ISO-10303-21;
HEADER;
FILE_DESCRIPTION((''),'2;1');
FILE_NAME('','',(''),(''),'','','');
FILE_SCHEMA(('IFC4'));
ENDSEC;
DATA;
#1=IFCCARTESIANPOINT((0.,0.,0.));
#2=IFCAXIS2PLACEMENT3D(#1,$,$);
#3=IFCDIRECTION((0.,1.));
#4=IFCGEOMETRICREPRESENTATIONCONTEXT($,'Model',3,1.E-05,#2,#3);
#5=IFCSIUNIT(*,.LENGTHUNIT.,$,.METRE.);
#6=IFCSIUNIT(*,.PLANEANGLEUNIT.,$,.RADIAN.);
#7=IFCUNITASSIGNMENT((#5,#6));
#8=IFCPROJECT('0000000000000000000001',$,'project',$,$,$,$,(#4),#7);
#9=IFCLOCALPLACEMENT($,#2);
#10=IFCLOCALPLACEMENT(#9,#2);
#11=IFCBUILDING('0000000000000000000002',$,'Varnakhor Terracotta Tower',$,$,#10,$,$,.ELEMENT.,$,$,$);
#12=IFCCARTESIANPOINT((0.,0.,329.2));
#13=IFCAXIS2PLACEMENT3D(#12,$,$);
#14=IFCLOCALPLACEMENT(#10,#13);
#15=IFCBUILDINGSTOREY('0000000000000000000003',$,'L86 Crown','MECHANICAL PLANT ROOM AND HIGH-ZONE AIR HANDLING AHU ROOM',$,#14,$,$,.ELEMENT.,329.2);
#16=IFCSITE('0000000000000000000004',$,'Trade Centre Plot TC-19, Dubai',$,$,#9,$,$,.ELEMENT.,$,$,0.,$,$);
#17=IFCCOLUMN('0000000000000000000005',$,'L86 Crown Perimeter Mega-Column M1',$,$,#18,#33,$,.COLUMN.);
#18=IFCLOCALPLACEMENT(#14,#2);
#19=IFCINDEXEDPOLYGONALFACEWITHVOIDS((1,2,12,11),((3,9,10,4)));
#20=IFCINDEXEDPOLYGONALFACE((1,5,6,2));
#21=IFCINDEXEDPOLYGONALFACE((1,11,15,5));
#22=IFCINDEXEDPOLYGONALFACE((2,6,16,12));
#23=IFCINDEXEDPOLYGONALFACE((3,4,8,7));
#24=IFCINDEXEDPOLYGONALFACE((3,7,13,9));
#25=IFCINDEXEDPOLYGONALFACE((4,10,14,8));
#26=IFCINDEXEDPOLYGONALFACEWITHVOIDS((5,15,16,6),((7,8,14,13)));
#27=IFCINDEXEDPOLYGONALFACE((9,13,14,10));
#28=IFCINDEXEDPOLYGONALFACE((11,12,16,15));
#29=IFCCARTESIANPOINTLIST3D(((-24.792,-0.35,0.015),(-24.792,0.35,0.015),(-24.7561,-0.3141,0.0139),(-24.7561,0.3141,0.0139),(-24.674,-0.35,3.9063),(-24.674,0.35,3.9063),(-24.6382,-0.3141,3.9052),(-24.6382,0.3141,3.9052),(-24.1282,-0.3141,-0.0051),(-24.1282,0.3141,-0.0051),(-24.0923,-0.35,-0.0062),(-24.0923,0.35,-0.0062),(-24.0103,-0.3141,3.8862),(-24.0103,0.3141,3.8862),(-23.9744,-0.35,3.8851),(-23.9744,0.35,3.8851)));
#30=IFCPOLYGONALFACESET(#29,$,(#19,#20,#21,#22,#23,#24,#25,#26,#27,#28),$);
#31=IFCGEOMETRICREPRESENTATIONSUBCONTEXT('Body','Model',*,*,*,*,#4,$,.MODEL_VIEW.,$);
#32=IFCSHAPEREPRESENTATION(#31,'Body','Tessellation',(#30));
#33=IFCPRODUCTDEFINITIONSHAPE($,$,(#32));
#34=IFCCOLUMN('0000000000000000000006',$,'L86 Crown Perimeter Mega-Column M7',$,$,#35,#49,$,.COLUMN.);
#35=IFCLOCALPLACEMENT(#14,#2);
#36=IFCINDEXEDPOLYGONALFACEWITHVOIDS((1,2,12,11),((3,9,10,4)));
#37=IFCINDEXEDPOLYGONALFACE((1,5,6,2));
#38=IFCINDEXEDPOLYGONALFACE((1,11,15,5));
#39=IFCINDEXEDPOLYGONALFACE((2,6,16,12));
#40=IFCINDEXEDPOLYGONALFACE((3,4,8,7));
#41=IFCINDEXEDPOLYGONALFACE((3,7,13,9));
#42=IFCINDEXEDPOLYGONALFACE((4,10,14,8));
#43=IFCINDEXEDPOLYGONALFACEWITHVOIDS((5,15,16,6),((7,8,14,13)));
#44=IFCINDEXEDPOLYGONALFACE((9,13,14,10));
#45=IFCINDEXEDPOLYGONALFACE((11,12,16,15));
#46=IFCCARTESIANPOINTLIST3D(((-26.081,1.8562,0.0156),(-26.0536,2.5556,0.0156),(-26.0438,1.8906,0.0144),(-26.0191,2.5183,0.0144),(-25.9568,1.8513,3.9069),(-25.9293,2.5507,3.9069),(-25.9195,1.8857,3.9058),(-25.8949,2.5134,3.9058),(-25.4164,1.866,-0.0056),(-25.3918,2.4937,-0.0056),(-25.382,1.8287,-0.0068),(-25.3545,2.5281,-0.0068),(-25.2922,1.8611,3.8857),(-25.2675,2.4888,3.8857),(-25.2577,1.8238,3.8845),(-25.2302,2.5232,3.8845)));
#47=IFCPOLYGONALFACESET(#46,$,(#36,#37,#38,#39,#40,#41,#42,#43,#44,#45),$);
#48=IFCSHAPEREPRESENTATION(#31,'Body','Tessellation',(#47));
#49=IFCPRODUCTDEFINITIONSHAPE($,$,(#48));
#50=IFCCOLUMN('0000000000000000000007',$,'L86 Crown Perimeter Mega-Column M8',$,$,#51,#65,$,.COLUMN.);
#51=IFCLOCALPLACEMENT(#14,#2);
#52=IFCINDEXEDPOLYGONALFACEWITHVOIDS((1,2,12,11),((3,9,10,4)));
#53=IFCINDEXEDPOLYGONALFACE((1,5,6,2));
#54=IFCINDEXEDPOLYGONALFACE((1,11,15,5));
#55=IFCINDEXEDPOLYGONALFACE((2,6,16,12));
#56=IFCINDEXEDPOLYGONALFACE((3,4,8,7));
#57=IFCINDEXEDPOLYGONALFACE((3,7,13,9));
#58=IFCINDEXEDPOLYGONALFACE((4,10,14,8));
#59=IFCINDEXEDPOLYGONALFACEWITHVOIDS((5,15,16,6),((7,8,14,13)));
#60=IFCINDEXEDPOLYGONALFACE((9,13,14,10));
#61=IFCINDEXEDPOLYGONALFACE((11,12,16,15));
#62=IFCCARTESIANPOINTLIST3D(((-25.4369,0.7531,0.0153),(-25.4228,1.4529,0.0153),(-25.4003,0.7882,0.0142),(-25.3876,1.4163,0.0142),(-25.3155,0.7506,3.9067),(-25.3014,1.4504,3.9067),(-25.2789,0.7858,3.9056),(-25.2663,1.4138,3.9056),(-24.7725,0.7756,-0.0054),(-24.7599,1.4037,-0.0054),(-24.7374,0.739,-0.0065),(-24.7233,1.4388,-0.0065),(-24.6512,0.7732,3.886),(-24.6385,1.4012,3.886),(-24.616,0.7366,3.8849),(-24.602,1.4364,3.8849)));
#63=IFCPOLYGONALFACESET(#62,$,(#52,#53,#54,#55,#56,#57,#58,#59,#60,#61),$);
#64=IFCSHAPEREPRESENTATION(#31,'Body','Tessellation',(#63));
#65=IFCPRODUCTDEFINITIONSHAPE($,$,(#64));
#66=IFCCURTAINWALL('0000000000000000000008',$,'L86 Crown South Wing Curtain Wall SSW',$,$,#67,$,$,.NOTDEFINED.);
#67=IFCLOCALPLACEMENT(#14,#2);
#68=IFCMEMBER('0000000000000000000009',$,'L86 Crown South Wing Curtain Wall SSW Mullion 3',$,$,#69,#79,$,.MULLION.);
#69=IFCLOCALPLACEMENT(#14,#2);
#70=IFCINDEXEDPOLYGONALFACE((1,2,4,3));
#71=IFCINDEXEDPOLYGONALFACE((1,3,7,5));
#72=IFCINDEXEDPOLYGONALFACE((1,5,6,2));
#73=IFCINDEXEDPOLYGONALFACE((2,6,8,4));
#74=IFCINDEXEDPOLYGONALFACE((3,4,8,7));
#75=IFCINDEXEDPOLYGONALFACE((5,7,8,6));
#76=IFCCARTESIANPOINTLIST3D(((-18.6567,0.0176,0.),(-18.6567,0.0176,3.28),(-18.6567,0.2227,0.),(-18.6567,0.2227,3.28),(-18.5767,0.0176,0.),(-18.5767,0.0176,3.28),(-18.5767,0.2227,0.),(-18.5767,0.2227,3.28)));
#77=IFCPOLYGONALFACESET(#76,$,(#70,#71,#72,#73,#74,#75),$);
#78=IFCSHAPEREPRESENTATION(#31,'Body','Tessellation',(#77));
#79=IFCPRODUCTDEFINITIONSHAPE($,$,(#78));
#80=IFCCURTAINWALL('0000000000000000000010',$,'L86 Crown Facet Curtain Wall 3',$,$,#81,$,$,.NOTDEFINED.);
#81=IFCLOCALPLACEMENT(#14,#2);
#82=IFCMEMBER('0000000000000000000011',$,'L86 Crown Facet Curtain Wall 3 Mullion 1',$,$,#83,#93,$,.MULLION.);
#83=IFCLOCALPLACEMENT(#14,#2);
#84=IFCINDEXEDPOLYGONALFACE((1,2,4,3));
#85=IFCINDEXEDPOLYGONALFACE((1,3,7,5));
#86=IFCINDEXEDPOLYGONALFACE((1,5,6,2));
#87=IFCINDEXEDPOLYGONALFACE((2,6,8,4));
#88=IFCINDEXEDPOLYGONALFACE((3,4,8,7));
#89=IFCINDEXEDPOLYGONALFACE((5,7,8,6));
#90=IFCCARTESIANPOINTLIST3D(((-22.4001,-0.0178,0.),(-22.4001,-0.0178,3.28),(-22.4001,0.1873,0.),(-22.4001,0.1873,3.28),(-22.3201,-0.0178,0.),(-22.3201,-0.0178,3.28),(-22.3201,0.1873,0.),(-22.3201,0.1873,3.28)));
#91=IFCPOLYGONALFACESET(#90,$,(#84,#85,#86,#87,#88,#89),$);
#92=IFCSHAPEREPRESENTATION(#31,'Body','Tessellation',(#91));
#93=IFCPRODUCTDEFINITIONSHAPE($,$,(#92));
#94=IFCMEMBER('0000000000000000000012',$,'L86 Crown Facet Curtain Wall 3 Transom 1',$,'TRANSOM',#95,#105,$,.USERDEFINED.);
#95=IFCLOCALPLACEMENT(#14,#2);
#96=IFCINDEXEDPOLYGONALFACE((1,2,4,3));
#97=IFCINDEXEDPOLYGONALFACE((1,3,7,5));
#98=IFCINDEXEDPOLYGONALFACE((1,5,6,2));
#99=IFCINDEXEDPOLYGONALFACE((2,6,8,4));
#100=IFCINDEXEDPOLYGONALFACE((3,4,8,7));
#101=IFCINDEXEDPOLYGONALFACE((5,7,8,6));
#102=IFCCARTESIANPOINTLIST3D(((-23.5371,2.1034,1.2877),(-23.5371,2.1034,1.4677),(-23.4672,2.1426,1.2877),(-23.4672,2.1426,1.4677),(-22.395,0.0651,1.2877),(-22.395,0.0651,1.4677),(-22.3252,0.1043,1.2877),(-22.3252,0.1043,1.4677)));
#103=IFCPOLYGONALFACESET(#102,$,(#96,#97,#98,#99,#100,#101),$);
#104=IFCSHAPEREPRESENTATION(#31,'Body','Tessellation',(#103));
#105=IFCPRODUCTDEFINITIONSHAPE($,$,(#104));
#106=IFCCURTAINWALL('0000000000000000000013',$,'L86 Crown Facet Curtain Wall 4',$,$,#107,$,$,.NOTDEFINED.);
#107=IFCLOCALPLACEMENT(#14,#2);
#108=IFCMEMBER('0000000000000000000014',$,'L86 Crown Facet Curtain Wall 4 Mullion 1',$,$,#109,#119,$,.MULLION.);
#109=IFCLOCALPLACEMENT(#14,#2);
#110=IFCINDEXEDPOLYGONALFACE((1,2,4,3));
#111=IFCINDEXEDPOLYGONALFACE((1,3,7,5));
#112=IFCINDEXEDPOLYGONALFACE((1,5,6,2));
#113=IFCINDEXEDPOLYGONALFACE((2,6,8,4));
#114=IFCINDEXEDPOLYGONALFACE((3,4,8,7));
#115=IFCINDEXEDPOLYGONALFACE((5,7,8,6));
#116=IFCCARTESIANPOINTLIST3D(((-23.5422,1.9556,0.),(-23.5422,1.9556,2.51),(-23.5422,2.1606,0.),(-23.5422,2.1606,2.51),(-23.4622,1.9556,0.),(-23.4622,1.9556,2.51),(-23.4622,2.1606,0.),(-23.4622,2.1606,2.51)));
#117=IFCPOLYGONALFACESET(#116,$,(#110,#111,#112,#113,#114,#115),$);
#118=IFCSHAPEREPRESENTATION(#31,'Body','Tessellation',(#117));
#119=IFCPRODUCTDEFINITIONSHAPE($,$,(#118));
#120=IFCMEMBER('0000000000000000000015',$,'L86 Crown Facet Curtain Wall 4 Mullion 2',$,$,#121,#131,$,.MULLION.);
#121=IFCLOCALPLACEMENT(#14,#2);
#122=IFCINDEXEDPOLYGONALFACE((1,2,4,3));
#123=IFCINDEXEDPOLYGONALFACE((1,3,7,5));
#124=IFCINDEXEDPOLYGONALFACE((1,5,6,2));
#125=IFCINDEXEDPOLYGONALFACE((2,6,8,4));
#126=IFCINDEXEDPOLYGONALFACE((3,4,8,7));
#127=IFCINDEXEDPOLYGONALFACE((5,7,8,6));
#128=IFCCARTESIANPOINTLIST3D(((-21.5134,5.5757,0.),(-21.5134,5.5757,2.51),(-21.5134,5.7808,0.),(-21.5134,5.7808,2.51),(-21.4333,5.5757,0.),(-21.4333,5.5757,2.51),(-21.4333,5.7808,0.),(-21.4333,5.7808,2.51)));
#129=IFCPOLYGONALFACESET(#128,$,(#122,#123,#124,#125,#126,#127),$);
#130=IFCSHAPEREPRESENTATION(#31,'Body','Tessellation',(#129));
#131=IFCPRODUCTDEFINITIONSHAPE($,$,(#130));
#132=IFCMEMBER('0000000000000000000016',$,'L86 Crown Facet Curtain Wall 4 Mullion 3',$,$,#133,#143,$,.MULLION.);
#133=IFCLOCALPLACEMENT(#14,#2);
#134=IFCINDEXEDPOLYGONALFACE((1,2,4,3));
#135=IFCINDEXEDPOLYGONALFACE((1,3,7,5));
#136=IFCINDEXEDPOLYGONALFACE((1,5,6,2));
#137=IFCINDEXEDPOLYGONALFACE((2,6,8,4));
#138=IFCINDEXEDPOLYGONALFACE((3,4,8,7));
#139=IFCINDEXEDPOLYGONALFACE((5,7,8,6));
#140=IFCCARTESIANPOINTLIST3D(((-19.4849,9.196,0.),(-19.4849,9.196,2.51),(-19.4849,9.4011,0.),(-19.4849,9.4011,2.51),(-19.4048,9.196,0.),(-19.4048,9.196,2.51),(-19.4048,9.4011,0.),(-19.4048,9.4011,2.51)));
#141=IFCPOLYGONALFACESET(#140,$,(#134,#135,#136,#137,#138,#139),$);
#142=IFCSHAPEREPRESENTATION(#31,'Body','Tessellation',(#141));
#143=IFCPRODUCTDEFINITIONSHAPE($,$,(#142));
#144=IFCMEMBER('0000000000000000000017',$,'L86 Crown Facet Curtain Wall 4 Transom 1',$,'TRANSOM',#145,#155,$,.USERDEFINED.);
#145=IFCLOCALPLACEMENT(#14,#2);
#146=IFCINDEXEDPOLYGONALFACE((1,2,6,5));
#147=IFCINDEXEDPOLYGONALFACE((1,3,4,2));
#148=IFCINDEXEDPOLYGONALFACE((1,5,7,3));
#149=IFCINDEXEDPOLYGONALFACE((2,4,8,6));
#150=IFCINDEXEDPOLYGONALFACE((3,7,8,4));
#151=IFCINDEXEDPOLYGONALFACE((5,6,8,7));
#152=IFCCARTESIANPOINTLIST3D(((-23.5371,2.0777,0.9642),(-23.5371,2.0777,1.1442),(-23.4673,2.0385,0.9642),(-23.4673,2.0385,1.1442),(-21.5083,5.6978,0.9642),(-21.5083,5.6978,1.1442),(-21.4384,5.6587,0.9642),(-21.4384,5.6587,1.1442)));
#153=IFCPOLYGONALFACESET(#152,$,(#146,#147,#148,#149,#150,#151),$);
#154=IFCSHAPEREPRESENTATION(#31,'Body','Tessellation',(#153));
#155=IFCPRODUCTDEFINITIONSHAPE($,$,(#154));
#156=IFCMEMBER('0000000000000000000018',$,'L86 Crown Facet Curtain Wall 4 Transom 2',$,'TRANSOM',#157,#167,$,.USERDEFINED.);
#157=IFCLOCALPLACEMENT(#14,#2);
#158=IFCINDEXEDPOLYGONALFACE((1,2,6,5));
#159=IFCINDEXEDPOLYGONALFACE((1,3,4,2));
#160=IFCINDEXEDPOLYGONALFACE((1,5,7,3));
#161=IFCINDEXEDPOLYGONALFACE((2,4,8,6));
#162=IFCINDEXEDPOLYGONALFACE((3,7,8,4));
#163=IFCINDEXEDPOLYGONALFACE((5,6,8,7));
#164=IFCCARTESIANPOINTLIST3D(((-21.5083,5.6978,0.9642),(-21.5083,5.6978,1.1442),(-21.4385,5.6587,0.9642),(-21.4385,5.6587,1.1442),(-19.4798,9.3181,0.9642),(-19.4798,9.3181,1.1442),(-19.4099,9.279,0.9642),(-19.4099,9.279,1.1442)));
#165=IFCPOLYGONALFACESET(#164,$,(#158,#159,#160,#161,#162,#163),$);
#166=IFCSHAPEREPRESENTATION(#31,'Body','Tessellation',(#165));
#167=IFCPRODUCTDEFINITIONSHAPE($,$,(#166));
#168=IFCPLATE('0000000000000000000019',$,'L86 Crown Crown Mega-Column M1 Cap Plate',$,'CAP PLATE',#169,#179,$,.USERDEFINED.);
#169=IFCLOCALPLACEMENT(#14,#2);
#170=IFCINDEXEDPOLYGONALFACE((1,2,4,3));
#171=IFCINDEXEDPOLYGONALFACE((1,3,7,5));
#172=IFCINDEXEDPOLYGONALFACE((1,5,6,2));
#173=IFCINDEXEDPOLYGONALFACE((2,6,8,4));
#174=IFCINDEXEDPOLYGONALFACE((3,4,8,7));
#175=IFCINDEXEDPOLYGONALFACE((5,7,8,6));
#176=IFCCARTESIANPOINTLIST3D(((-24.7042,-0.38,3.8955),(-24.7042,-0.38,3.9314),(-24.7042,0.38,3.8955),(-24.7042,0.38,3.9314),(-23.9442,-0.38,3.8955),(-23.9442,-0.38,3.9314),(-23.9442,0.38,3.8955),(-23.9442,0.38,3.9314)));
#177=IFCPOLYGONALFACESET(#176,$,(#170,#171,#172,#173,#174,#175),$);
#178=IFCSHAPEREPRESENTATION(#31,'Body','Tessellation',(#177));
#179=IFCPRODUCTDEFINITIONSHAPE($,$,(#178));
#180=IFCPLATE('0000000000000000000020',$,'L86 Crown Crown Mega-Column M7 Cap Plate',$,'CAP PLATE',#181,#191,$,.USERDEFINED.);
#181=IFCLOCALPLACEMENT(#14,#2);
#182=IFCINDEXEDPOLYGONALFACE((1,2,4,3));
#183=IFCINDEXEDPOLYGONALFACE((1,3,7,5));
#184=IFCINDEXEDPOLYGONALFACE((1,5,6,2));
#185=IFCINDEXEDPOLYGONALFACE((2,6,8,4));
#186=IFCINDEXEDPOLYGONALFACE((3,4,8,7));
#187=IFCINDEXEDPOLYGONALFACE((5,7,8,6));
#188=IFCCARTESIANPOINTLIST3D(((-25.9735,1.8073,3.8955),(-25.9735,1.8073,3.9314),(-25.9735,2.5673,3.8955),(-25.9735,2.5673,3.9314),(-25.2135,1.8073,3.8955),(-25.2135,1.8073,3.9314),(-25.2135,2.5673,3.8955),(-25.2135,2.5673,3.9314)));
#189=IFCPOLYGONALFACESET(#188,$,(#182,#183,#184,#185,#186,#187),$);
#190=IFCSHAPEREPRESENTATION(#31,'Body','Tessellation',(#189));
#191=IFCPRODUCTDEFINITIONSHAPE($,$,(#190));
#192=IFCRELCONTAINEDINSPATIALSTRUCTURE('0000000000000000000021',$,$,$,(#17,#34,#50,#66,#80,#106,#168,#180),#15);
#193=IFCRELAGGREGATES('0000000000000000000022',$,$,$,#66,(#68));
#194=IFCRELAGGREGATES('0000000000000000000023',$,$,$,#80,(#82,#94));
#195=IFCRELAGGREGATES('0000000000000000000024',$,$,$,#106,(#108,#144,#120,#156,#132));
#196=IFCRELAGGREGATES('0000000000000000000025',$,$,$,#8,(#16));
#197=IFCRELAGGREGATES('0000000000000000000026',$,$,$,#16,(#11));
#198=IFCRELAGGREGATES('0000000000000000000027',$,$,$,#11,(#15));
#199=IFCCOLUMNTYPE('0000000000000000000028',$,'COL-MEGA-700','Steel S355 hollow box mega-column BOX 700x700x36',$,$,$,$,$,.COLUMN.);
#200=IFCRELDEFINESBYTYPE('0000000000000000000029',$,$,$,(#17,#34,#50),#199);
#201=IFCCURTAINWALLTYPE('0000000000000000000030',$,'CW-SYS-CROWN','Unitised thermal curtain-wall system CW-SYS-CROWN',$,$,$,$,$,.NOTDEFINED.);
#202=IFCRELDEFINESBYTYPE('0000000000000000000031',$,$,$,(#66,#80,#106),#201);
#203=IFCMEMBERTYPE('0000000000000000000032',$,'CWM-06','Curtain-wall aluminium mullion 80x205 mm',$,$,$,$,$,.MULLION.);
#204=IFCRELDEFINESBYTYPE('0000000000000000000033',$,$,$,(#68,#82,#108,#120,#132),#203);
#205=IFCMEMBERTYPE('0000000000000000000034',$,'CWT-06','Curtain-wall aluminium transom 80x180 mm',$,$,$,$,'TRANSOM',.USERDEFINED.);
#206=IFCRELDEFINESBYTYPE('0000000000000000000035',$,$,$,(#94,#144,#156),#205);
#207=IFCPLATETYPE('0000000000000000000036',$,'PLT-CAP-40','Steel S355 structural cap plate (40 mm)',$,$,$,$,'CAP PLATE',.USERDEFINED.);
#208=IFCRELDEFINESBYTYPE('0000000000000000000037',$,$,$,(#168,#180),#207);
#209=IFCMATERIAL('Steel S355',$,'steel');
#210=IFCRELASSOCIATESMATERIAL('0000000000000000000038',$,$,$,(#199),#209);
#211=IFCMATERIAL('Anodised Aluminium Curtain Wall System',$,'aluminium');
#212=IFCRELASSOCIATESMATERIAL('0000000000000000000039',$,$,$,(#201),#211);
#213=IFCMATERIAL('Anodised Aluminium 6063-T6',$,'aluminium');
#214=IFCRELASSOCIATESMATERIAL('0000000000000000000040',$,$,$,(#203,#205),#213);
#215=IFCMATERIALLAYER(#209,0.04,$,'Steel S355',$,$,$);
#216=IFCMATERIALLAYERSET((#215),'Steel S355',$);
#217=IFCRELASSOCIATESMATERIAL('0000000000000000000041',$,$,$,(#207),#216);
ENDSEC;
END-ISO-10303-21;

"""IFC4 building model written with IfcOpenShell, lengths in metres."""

from ifc_helpers import new_model, si_unit, direction, frame, origin, origin_2d, place, context, subcontext, project, spatial, rectangle, hollow_rectangle, extrude, source, transform, mapped, material, layer, layer_set, material_profile, profile_set, type_object, element, aggregate, save


model = new_model("IFC4")

# Units and contexts
model_context = context("Model", 3, precision=1e-05, world=origin(), true_north=direction((0.0, 1.0)))
body_context = subcontext(model_context, "Body", "Model", "MODEL_VIEW")
ifc_project = project(units=[si_unit("LENGTHUNIT", "METRE"), si_unit("PLANEANGLEUNIT", "RADIAN")], contexts=[model_context])

# Site, building, storey
site_placement = place(None, origin())
site = spatial("IfcSite", under=ifc_project, at=site_placement, Name="Trade Centre Plot TC-19, Dubai", CompositionType="ELEMENT", RefElevation=0.0)
building_placement = place(site_placement, origin())
building = spatial("IfcBuilding", under=site, at=building_placement, Name="Varnakhor Terracotta Tower", CompositionType="ELEMENT")
storey_placement = place(building_placement, frame((0.0, 0.0, 329.2)))
storey = spatial("IfcBuildingStorey", under=building, at=storey_placement, Name="L86 Crown", Description="MECHANICAL PLANT ROOM AND HIGH-ZONE AIR HANDLING AHU ROOM", CompositionType="ELEMENT", Elevation=329.2)

# Columns
ifc_material_1 = material(Name="Steel S355", Category="steel")
ifc_material_profile_1 = material_profile(ifc_material_1, hollow_rectangle(XDim=0.7, YDim=0.7, WallThickness=0.0359, at=origin_2d()), Name="BOX 700x700x36")
ifc_profile_set_1 = profile_set([ifc_material_profile_1], Name="Steel S355")
column_type = type_object("IfcColumnType", Name="COL-MEGA-700", Description="Steel S355 hollow box mega-column BOX 700x700x36", PredefinedType="COLUMN", material=ifc_profile_set_1)
shared_shape_1 = source(origin(), body_context, "Body", "SweptSolid", [
    extrude(hollow_rectangle(XDim=0.7, YDim=0.7, WallThickness=0.0359, at=origin_2d()), origin(), (0.0, 0.0, 1.0), 3.8931),
])
column_placement = place(storey_placement, frame((-24.4421, 0.0, 0.0044), z_axis=(0.030289, 0.0, 0.999541), x_axis=(0.0, 1.0, 0.0)))
element("IfcColumn", 1, at=column_placement, inside=storey, type_object=column_type, Name="L86 Crown Perimeter Mega-Column M1", PredefinedType="COLUMN", context=body_context, shape_type="MappedRepresentation", body=[
    mapped(shared_shape_1, transform((0.0, 0.0, 0.0), scale=1.0)),
])
shared_shape_2 = source(origin(), body_context, "Body", "SweptSolid", [
    extrude(hollow_rectangle(XDim=0.7, YDim=0.7, WallThickness=0.0359, at=origin_2d()), origin(), (0.0, 0.0, 1.0), 3.8933),
])
for number, where, z_axis, x_axis, name in (
    (2, (-25.7178, 2.1921, 0.0044), (0.031918, -0.001254, 0.99949), (0.039262, 0.999229, 0.0), "L86 Crown Perimeter Mega-Column M7"),
    (3, (-25.0801, 1.0959, 0.0044), (0.031166, -0.000627, 0.999514), (0.020117, 0.999798, 0.0), "L86 Crown Perimeter Mega-Column M8"),
):
    element("IfcColumn", number, at=place(storey_placement, frame(where, z_axis=z_axis, x_axis=x_axis)), inside=storey, type_object=column_type, Name=name, PredefinedType="COLUMN", context=body_context, shape_type="MappedRepresentation", body=[
        mapped(shared_shape_2, transform((0.0, 0.0, 0.0), scale=1.0)),
    ])

# Curtain wall, member
ifc_material_2 = material(Name="Anodised Aluminium Curtain Wall System", Category="aluminium")
curtain_wall_type = type_object("IfcCurtainWallType", Name="CW-SYS-CROWN", Description="Unitised thermal curtain-wall system CW-SYS-CROWN", PredefinedType="NOTDEFINED", material=ifc_material_2)
curtain_wall_1_placement = place(storey_placement, origin())
curtain_wall_1 = element("IfcCurtainWall", 4, at=curtain_wall_1_placement, inside=storey, type_object=curtain_wall_type, Name="L86 Crown South Wing Curtain Wall SSW", PredefinedType="NOTDEFINED")
ifc_material_3 = material(Name="Anodised Aluminium 6063-T6", Category="aluminium")
ifc_material_profile_2 = material_profile(ifc_material_3, rectangle(XDim=0.0801, YDim=0.2051, at=origin_2d()), Name="ALU MULLION 80x205")
ifc_profile_set_2 = profile_set([ifc_material_profile_2], Name="Anodised Aluminium 6063-T6")
member_type_1 = type_object("IfcMemberType", Name="CWM-06", Description="Curtain-wall aluminium mullion 80x205 mm", PredefinedType="MULLION", material=ifc_profile_set_2)
shared_shape_3 = source(origin(), body_context, "Body", "SweptSolid", [
    extrude(rectangle(XDim=0.0801, YDim=0.2051, at=origin_2d()), origin(), (0.0, 0.0, 1.0), 3.28),
])
member_1_placement = place(storey_placement, frame((-18.6167, 0.1201, 0.0), z_axis=(0.0, 0.0, 1.0), x_axis=(1.0, 0.0, 0.0)))
member_1 = element("IfcMember", 5, at=member_1_placement, type_object=member_type_1, Name="L86 Crown South Wing Curtain Wall SSW Mullion 3", PredefinedType="MULLION", context=body_context, shape_type="MappedRepresentation", body=[
    mapped(shared_shape_3, transform((0.0, 0.0, 0.0), scale=1.0)),
])

# Curtain walls, members
curtain_wall_2_placement = place(storey_placement, origin())
curtain_wall_2 = element("IfcCurtainWall", 6, at=curtain_wall_2_placement, inside=storey, type_object=curtain_wall_type, Name="L86 Crown Facet Curtain Wall 3", PredefinedType="NOTDEFINED")
member_2_placement = place(storey_placement, frame((-22.3601, 0.0847, 0.0), z_axis=(0.0, 0.0, 1.0), x_axis=(1.0, 0.0, 0.0)))
member_2 = element("IfcMember", 7, at=member_2_placement, type_object=member_type_1, Name="L86 Crown Facet Curtain Wall 3 Mullion 1", PredefinedType="MULLION", context=body_context, shape_type="MappedRepresentation", body=[
    mapped(shared_shape_3, transform((0.0, 0.0, 0.0), scale=1.0)),
])
ifc_material_profile_3 = material_profile(ifc_material_3, rectangle(XDim=0.0801, YDim=0.1799, at=origin_2d()), Name="ALU TRANSOM 80x180")
ifc_profile_set_3 = profile_set([ifc_material_profile_3], Name="Anodised Aluminium 6063-T6")
member_type_2 = type_object("IfcMemberType", Name="CWT-06", Description="Curtain-wall aluminium transom 80x180 mm", ElementType="TRANSOM", PredefinedType="USERDEFINED", material=ifc_profile_set_3)
shared_shape_4 = source(origin(), body_context, "Body", "SweptSolid", [
    extrude(rectangle(XDim=0.0801, YDim=0.1799, at=origin_2d()), origin(), (0.0, 0.0, 1.0), 2.3364),
])
member_3_placement = place(storey_placement, frame((-22.3601, 0.0847, 1.3777), z_axis=(-0.488807, 0.872392, 0.0), x_axis=(-0.872392, -0.488807, 0.0)))
member_3 = element("IfcMember", 8, at=member_3_placement, type_object=member_type_2, Name="L86 Crown Facet Curtain Wall 3 Transom 1", ObjectType="TRANSOM", PredefinedType="USERDEFINED", context=body_context, shape_type="MappedRepresentation", body=[
    mapped(shared_shape_4, transform((0.0, 0.0, 0.0), scale=1.0)),
])
curtain_wall_3_placement = place(storey_placement, origin())
curtain_wall_3 = element("IfcCurtainWall", 9, at=curtain_wall_3_placement, inside=storey, type_object=curtain_wall_type, Name="L86 Crown Facet Curtain Wall 4", PredefinedType="NOTDEFINED")
shared_shape_5 = source(origin(), body_context, "Body", "SweptSolid", [
    extrude(rectangle(XDim=0.0801, YDim=0.2051, at=origin_2d()), origin(), (0.0, 0.0, 1.0), 2.51),
])
member_4_placement = place(storey_placement, frame((-23.5022, 2.0581, 0.0), z_axis=(0.0, 0.0, 1.0), x_axis=(1.0, 0.0, 0.0)))
member_4 = element("IfcMember", 10, at=member_4_placement, type_object=member_type_1, Name="L86 Crown Facet Curtain Wall 4 Mullion 1", PredefinedType="MULLION", context=body_context, shape_type="MappedRepresentation", body=[
    mapped(shared_shape_5, transform((0.0, 0.0, 0.0), scale=1.0)),
])
member_5_placement = place(storey_placement, frame((-21.4734, 5.6782, 0.0), z_axis=(0.0, 0.0, 1.0), x_axis=(1.0, 0.0, 0.0)))
member_5 = element("IfcMember", 11, at=member_5_placement, type_object=member_type_1, Name="L86 Crown Facet Curtain Wall 4 Mullion 2", PredefinedType="MULLION", context=body_context, shape_type="MappedRepresentation", body=[
    mapped(shared_shape_5, transform((0.0, 0.0, 0.0), scale=1.0)),
])
member_6_placement = place(storey_placement, frame((-19.4448, 9.2986, 0.0), z_axis=(0.0, 0.0, 1.0), x_axis=(1.0, 0.0, 0.0)))
member_6 = element("IfcMember", 12, at=member_6_placement, type_object=member_type_1, Name="L86 Crown Facet Curtain Wall 4 Mullion 3", PredefinedType="MULLION", context=body_context, shape_type="MappedRepresentation", body=[
    mapped(shared_shape_5, transform((0.0, 0.0, 0.0), scale=1.0)),
])
shared_shape_6 = source(origin(), body_context, "Body", "SweptSolid", [
    extrude(rectangle(XDim=0.0801, YDim=0.1799, at=origin_2d()), origin(), (0.0, 0.0, 1.0), 4.1499),
])
member_7_placement = place(storey_placement, frame((-23.5022, 2.0581, 1.0542), z_axis=(0.488886, 0.872347, 0.0), x_axis=(-0.872347, 0.488886, 0.0)))
member_7 = element("IfcMember", 13, at=member_7_placement, type_object=member_type_2, Name="L86 Crown Facet Curtain Wall 4 Transom 1", ObjectType="TRANSOM", PredefinedType="USERDEFINED", context=body_context, shape_type="MappedRepresentation", body=[
    mapped(shared_shape_6, transform((0.0, 0.0, 0.0), scale=1.0)),
])
member_8_placement = place(storey_placement, frame((-21.4734, 5.6782, 1.0542), z_axis=(0.488817, 0.872387, 0.0), x_axis=(-0.872387, 0.488817, 0.0)))
member_8 = element("IfcMember", 14, at=member_8_placement, type_object=member_type_2, Name="L86 Crown Facet Curtain Wall 4 Transom 2", ObjectType="TRANSOM", PredefinedType="USERDEFINED", context=body_context, shape_type="MappedRepresentation", body=[
    mapped(shared_shape_6, transform((0.0, 0.0, 0.0), scale=1.0)),
])

# Plates
ifc_layer_1 = layer(ifc_material_1, 0.04, Name="Steel S355")
ifc_layer_set_1 = layer_set([ifc_layer_1], Name="Steel S355")
plate_type_1 = type_object("IfcPlateType", Name="PLT-CAP-40", Description="Steel S355 structural cap plate (40 mm)", ElementType="CAP PLATE", PredefinedType="USERDEFINED", material=ifc_layer_set_1)
shared_shape_7 = source(origin(), body_context, "Body", "SweptSolid", [
    extrude(rectangle(XDim=0.76, YDim=0.76, at=origin_2d()), origin(), (0.0, 0.0, 1.0), 0.0359),
])
for number, where, z_axis, x_axis, name in (
    (15, (-24.3242, 0.0, 3.8955), (0.0, 0.0, 1.0), (1.0, 0.0, 0.0), "L86 Crown Crown Mega-Column M1 Cap Plate"),
    (16, (-25.5935, 2.1873, 3.8955), (0.0, 0.0, 1.0), (1.0, 0.0, 0.0), "L86 Crown Crown Mega-Column M7 Cap Plate"),
):
    element("IfcPlate", number, at=place(storey_placement, frame(where, z_axis=z_axis, x_axis=x_axis)), inside=storey, type_object=plate_type_1, Name=name, ObjectType="CAP PLATE", PredefinedType="USERDEFINED", context=body_context, shape_type="MappedRepresentation", body=[
        mapped(shared_shape_7, transform((0.0, 0.0, 0.0), scale=1.0)),
    ])

aggregate(curtain_wall_1, [member_1])
aggregate(curtain_wall_2, [member_2, member_3])
aggregate(curtain_wall_3, [member_4, member_7, member_5, member_8, member_6])

save(model, "model.ifc")
